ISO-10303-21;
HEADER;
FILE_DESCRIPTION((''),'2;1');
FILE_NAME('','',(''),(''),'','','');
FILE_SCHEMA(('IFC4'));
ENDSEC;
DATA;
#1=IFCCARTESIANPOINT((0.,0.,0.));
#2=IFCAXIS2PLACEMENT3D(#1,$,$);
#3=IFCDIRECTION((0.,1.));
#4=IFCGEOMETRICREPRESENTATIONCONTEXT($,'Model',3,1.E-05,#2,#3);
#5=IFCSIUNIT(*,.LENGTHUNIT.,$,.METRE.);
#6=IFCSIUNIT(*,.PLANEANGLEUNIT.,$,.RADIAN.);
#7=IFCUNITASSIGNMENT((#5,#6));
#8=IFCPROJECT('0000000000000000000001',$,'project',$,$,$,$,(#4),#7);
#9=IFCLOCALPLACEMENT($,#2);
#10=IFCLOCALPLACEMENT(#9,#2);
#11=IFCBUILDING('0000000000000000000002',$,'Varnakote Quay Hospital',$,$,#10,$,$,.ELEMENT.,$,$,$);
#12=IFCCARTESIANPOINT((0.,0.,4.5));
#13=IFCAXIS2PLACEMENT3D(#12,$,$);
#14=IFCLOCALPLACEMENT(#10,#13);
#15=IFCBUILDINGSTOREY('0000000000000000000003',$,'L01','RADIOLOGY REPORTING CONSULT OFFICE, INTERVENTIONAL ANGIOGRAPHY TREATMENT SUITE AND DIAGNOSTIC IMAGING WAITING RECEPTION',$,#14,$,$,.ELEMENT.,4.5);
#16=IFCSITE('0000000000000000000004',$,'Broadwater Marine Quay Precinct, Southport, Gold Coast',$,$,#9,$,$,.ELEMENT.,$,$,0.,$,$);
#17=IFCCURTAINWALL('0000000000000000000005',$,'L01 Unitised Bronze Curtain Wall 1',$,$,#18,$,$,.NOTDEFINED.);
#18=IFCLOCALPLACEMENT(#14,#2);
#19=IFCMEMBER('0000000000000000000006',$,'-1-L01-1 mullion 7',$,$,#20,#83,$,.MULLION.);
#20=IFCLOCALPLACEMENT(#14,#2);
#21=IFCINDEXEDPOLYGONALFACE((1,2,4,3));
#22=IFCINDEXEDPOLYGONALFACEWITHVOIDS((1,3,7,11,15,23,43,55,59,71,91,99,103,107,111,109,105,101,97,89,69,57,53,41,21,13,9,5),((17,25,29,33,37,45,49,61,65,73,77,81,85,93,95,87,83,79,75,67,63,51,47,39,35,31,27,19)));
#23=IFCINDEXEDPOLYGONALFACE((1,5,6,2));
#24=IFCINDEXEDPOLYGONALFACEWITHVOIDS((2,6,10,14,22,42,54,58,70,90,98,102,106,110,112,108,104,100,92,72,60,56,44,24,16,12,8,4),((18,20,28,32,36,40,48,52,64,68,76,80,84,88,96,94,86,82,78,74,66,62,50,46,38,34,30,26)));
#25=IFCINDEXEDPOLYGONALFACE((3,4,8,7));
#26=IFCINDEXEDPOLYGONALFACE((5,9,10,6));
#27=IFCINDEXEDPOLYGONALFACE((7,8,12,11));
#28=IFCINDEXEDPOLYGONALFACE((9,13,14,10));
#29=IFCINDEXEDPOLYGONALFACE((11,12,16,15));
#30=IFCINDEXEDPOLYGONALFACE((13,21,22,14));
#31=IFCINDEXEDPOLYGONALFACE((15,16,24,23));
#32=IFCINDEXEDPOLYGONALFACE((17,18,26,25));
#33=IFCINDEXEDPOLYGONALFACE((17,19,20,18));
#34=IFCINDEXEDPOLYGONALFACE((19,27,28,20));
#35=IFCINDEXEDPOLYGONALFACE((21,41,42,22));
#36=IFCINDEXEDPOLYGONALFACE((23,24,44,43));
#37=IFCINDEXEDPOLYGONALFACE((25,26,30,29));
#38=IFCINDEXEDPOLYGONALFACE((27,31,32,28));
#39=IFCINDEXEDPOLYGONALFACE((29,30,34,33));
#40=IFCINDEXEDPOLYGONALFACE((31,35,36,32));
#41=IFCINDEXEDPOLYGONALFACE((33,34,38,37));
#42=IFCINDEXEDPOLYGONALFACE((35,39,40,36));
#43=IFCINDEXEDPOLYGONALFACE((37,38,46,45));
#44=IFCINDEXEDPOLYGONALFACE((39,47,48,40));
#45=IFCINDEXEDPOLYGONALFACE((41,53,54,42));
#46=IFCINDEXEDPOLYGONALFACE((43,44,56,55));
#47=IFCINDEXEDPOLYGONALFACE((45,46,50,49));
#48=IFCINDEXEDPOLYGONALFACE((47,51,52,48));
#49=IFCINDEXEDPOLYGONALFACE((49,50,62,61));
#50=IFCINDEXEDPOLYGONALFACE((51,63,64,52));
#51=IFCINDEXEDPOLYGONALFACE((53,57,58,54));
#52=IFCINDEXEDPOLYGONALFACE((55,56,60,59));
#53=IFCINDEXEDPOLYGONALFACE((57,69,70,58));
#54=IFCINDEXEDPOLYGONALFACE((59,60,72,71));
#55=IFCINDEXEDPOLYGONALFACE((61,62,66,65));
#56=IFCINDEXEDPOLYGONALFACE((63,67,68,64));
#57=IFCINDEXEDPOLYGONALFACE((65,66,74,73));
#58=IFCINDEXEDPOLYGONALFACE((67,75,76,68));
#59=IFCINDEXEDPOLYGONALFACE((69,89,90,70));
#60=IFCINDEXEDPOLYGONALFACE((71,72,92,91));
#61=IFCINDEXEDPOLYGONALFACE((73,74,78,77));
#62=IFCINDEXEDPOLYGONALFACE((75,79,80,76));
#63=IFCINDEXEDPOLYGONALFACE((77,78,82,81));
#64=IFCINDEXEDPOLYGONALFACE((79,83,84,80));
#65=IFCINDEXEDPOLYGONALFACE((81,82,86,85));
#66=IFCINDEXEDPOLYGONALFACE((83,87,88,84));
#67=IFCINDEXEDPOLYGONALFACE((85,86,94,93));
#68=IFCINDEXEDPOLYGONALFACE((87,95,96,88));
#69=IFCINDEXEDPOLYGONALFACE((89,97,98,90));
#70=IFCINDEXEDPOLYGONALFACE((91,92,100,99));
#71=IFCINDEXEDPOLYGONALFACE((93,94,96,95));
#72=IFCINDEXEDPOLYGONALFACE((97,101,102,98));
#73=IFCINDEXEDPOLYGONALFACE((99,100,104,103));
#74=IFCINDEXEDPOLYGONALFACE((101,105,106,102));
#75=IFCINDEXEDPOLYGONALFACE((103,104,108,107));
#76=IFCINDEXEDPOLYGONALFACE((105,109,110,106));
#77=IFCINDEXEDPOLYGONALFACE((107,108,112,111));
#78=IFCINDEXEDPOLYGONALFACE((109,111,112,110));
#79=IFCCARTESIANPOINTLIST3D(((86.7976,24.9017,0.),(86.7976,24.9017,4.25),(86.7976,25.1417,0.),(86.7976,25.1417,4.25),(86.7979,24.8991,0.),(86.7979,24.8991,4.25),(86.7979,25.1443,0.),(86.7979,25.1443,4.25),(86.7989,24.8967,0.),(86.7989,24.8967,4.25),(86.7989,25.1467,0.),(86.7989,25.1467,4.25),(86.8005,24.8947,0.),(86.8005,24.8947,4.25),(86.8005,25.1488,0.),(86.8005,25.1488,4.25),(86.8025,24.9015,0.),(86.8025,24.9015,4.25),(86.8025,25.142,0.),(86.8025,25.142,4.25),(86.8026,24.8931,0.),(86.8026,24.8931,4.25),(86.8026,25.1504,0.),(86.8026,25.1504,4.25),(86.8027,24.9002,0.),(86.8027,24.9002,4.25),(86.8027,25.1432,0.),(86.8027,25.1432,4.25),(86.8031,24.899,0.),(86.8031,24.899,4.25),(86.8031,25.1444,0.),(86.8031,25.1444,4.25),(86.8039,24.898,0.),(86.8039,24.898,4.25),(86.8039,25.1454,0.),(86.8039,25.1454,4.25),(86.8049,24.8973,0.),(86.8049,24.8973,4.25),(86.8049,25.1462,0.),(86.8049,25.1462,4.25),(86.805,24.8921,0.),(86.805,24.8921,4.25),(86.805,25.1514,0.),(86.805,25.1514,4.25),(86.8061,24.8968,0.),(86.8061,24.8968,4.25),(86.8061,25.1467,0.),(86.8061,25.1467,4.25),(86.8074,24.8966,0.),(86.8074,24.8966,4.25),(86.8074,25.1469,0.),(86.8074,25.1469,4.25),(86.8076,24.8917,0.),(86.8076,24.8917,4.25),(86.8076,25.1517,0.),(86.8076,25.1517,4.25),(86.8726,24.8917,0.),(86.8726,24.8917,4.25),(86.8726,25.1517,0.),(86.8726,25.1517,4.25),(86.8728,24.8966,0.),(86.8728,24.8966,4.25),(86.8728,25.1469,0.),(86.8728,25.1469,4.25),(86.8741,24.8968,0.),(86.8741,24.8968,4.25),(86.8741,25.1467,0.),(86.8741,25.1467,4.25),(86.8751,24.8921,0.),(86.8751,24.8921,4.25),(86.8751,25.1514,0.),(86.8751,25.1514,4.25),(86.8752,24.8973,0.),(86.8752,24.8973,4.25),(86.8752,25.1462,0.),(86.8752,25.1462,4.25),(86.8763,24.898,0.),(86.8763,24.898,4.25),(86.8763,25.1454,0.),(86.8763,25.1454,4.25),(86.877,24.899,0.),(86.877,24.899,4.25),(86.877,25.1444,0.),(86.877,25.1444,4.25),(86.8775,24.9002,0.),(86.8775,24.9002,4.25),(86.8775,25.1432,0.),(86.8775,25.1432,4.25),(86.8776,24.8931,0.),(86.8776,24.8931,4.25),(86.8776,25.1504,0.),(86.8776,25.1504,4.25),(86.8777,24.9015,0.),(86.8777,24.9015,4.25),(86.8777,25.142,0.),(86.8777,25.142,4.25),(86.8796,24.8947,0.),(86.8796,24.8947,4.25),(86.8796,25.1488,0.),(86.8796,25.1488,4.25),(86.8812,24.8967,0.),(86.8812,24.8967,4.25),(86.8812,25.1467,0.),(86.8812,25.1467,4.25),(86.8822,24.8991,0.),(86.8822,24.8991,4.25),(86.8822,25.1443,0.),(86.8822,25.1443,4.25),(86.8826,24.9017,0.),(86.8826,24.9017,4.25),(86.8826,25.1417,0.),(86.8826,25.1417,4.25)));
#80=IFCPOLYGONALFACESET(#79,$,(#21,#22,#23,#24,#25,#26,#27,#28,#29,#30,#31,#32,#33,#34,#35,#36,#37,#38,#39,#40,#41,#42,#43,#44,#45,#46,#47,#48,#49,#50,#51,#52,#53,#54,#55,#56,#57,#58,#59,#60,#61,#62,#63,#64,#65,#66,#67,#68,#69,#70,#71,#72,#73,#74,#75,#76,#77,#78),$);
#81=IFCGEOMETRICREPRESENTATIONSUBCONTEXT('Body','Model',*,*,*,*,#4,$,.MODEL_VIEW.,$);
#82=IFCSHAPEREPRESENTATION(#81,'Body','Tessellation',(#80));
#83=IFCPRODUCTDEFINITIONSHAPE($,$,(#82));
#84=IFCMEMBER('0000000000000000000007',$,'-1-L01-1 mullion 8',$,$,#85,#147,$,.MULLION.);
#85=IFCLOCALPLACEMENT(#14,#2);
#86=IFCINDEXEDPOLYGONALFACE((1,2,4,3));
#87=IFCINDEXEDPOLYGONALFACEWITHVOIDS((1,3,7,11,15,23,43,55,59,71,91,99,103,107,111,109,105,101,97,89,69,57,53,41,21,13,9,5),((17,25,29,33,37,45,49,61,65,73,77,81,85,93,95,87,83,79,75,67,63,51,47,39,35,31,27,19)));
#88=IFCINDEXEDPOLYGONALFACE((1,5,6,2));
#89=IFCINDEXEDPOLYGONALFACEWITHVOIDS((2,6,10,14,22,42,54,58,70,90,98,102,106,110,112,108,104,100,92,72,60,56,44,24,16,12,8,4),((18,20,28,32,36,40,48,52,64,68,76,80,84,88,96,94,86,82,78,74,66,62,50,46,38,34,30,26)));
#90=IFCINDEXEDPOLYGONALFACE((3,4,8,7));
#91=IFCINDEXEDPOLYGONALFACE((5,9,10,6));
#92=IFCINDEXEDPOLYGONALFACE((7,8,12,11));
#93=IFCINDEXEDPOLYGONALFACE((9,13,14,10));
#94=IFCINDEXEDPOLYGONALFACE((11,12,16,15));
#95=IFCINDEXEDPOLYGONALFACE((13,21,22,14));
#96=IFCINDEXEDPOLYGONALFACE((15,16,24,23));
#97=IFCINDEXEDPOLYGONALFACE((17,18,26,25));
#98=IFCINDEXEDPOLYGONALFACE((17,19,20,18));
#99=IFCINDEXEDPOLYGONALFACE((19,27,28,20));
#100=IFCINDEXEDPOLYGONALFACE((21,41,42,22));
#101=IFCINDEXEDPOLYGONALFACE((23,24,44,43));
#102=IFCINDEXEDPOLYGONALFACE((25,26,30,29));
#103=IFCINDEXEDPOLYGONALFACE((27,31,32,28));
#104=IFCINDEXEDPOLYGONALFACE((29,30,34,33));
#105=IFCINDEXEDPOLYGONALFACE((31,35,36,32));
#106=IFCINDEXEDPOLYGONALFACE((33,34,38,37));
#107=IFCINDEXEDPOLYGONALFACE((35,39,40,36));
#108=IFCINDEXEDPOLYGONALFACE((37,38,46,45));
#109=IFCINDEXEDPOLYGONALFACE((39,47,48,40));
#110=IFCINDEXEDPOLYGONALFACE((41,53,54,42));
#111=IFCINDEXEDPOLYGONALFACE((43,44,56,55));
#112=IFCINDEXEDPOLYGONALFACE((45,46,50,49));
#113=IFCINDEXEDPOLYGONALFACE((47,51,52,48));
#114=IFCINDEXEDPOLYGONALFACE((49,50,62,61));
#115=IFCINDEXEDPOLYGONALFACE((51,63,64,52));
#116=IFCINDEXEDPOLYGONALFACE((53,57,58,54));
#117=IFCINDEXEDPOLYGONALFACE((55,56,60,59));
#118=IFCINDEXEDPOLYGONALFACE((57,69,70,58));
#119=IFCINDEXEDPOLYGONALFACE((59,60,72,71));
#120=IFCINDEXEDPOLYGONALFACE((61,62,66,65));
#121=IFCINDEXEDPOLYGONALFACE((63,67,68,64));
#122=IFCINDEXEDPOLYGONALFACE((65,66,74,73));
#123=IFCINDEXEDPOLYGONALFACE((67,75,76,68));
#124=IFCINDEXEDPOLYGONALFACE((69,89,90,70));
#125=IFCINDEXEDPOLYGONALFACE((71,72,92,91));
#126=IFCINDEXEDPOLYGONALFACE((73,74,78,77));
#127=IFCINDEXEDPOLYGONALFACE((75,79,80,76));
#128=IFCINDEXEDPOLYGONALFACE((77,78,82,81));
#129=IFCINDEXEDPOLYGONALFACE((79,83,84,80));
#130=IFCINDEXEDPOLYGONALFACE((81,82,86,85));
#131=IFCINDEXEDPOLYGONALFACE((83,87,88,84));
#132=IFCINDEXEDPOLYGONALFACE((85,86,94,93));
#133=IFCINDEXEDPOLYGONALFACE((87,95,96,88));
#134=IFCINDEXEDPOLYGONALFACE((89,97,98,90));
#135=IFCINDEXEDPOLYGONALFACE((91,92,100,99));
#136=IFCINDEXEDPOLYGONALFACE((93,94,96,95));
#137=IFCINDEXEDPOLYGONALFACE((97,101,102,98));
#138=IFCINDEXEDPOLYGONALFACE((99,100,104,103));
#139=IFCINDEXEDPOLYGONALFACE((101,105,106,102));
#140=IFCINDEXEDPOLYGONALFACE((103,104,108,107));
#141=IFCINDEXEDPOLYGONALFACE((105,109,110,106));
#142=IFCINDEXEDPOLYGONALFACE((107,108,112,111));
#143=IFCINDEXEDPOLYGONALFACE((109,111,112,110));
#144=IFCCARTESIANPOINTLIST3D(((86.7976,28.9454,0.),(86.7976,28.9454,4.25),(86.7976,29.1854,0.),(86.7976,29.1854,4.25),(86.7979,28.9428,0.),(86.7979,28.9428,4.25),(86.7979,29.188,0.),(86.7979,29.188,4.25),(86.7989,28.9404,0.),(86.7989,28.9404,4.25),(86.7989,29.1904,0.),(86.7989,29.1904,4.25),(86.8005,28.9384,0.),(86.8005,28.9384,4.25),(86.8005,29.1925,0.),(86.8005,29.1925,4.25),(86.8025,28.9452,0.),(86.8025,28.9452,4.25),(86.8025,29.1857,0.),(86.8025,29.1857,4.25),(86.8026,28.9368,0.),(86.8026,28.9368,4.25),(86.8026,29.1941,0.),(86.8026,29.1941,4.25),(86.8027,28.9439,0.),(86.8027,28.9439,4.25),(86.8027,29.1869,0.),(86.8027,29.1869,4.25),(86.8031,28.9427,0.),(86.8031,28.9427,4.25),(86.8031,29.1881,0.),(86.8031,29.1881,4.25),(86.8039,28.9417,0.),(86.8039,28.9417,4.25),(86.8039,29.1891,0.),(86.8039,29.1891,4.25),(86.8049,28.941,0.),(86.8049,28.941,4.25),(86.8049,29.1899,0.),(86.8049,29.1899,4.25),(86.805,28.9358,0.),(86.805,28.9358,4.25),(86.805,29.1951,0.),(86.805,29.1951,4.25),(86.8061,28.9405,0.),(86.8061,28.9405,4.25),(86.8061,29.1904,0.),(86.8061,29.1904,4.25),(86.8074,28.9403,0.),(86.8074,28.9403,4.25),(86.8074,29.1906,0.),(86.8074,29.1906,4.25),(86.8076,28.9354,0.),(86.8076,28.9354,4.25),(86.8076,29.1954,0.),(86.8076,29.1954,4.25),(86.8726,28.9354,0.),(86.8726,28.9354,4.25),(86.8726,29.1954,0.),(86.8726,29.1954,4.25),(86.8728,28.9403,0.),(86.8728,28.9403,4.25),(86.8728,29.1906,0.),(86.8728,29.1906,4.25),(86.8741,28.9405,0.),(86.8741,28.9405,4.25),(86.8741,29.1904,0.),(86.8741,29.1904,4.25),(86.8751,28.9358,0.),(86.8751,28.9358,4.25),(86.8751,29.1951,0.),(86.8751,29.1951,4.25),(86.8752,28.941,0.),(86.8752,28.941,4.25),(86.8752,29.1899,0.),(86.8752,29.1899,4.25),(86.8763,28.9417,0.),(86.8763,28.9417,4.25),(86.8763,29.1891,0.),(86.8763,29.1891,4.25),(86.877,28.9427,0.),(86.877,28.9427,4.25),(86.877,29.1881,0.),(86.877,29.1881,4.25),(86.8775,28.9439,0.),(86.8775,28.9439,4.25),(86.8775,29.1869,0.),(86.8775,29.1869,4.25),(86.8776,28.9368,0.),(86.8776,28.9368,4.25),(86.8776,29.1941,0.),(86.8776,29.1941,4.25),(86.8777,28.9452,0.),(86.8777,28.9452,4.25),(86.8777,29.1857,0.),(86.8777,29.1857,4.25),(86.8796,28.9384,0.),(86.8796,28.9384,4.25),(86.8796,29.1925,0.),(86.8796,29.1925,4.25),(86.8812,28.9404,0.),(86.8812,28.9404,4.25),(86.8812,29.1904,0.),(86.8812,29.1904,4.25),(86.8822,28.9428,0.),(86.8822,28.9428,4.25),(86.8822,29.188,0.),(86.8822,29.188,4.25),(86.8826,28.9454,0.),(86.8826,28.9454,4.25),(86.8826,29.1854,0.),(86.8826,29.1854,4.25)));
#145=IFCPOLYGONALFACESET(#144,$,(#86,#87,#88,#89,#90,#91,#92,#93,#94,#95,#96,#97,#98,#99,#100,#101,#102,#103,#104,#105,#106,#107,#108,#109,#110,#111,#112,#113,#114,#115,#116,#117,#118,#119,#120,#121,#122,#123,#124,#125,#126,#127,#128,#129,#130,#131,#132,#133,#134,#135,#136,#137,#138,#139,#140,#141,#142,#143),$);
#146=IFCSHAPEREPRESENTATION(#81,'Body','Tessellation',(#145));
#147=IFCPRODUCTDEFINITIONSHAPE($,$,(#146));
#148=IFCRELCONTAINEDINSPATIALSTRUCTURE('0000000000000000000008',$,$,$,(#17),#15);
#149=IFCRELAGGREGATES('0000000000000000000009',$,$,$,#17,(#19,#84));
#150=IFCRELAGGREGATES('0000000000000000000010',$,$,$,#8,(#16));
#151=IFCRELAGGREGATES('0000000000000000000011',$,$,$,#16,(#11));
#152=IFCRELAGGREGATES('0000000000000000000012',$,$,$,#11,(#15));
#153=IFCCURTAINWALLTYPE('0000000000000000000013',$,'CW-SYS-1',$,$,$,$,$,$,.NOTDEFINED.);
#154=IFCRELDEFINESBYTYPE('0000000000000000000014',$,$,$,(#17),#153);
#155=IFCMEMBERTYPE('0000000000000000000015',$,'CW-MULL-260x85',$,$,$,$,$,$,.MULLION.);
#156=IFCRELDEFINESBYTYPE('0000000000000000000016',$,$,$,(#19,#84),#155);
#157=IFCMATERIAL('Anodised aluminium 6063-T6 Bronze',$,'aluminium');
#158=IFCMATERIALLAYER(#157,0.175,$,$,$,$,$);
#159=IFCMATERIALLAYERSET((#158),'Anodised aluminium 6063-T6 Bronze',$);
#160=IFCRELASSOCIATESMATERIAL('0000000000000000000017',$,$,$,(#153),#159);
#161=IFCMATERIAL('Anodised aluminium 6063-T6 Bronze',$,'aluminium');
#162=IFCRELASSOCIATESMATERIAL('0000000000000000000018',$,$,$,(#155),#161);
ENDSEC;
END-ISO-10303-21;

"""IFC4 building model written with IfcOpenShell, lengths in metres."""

from ifc_helpers import new_model, si_unit, direction, frame, origin, origin_2d, place, context, subcontext, project, spatial, hollow_rectangle, extrude, material, layer, layer_set, material_profile, profile_set, type_object, element, aggregate, save


model = new_model("IFC4")

# Units and contexts
model_context = context("Model", 3, precision=1e-05, world=origin(), true_north=direction((0.0, 1.0)))
body_context = subcontext(model_context, "Body", "Model", "MODEL_VIEW")
ifc_project = project(units=[si_unit("LENGTHUNIT", "METRE"), si_unit("PLANEANGLEUNIT", "RADIAN")], contexts=[model_context])

# Site, building, storey
site_placement = place(None, origin())
site = spatial("IfcSite", under=ifc_project, at=site_placement, Name="Broadwater Marine Quay Precinct, Southport, Gold Coast", CompositionType="ELEMENT", RefElevation=0.0)
building_placement = place(site_placement, origin())
building = spatial("IfcBuilding", under=site, at=building_placement, Name="Varnakote Quay Hospital", CompositionType="ELEMENT")
storey_placement = place(building_placement, frame((0.0, 0.0, 4.5)))
storey = spatial("IfcBuildingStorey", under=building, at=storey_placement, Name="L01", Description="RADIOLOGY REPORTING CONSULT OFFICE, INTERVENTIONAL ANGIOGRAPHY TREATMENT SUITE AND DIAGNOSTIC IMAGING WAITING RECEPTION", CompositionType="ELEMENT", Elevation=4.5)

# Curtain wall, members
ifc_material_1 = material(Name="Anodised aluminium 6063-T6 Bronze", Category="aluminium")
ifc_layer_1 = layer(ifc_material_1, 0.175)
ifc_layer_set_1 = layer_set([ifc_layer_1], Name="Anodised aluminium 6063-T6 Bronze")
curtain_wall_type = type_object("IfcCurtainWallType", Name="CW-SYS-1", PredefinedType="NOTDEFINED", material=ifc_layer_set_1)
curtain_wall_placement = place(storey_placement, origin())
curtain_wall = element("IfcCurtainWall", 1, at=curtain_wall_placement, inside=storey, type_object=curtain_wall_type, Name="L01 Unitised Bronze Curtain Wall 1", PredefinedType="NOTDEFINED")
ifc_material_2 = material(Name="Anodised aluminium 6063-T6 Bronze", Category="aluminium")
ifc_material_profile_1 = material_profile(ifc_material_2, hollow_rectangle(XDim=0.085, YDim=0.26, WallThickness=0.0049, InnerFilletRadius=0.0049, OuterFilletRadius=0.01, at=origin_2d()), Name="CW-MULL-260x85")
ifc_profile_set_1 = profile_set([ifc_material_profile_1], Name="Anodised aluminium 6063-T6 Bronze")
member_type_1 = type_object("IfcMemberType", Name="CW-MULL-260x85", PredefinedType="MULLION", material=ifc_profile_set_1)
member_1_placement = place(storey_placement, frame((86.8401, 25.0217, 0.0), z_axis=(0.0, 0.0, 1.0), x_axis=(-1.0, 0.0, 0.0)))
member_1 = element("IfcMember", 2, at=member_1_placement, type_object=member_type_1, Name="-1-L01-1 mullion 7", PredefinedType="MULLION", context=body_context, shape_type="SweptSolid", body=[
    extrude(hollow_rectangle(XDim=0.085, YDim=0.26, WallThickness=0.0049, InnerFilletRadius=0.0049, OuterFilletRadius=0.01, at=origin_2d()), origin(), (0.0, 0.0, 1.0), 4.25),
])
member_2_placement = place(storey_placement, frame((86.8401, 29.0654, 0.0), z_axis=(0.0, 0.0, 1.0), x_axis=(-1.0, 0.0, 0.0)))
member_2 = element("IfcMember", 3, at=member_2_placement, type_object=member_type_1, Name="-1-L01-1 mullion 8", PredefinedType="MULLION", context=body_context, shape_type="SweptSolid", body=[
    extrude(hollow_rectangle(XDim=0.085, YDim=0.26, WallThickness=0.0049, InnerFilletRadius=0.0049, OuterFilletRadius=0.01, at=origin_2d()), origin(), (0.0, 0.0, 1.0), 4.25),
])
aggregate(curtain_wall, [member_1, member_2])

save(model, "model.ifc")
